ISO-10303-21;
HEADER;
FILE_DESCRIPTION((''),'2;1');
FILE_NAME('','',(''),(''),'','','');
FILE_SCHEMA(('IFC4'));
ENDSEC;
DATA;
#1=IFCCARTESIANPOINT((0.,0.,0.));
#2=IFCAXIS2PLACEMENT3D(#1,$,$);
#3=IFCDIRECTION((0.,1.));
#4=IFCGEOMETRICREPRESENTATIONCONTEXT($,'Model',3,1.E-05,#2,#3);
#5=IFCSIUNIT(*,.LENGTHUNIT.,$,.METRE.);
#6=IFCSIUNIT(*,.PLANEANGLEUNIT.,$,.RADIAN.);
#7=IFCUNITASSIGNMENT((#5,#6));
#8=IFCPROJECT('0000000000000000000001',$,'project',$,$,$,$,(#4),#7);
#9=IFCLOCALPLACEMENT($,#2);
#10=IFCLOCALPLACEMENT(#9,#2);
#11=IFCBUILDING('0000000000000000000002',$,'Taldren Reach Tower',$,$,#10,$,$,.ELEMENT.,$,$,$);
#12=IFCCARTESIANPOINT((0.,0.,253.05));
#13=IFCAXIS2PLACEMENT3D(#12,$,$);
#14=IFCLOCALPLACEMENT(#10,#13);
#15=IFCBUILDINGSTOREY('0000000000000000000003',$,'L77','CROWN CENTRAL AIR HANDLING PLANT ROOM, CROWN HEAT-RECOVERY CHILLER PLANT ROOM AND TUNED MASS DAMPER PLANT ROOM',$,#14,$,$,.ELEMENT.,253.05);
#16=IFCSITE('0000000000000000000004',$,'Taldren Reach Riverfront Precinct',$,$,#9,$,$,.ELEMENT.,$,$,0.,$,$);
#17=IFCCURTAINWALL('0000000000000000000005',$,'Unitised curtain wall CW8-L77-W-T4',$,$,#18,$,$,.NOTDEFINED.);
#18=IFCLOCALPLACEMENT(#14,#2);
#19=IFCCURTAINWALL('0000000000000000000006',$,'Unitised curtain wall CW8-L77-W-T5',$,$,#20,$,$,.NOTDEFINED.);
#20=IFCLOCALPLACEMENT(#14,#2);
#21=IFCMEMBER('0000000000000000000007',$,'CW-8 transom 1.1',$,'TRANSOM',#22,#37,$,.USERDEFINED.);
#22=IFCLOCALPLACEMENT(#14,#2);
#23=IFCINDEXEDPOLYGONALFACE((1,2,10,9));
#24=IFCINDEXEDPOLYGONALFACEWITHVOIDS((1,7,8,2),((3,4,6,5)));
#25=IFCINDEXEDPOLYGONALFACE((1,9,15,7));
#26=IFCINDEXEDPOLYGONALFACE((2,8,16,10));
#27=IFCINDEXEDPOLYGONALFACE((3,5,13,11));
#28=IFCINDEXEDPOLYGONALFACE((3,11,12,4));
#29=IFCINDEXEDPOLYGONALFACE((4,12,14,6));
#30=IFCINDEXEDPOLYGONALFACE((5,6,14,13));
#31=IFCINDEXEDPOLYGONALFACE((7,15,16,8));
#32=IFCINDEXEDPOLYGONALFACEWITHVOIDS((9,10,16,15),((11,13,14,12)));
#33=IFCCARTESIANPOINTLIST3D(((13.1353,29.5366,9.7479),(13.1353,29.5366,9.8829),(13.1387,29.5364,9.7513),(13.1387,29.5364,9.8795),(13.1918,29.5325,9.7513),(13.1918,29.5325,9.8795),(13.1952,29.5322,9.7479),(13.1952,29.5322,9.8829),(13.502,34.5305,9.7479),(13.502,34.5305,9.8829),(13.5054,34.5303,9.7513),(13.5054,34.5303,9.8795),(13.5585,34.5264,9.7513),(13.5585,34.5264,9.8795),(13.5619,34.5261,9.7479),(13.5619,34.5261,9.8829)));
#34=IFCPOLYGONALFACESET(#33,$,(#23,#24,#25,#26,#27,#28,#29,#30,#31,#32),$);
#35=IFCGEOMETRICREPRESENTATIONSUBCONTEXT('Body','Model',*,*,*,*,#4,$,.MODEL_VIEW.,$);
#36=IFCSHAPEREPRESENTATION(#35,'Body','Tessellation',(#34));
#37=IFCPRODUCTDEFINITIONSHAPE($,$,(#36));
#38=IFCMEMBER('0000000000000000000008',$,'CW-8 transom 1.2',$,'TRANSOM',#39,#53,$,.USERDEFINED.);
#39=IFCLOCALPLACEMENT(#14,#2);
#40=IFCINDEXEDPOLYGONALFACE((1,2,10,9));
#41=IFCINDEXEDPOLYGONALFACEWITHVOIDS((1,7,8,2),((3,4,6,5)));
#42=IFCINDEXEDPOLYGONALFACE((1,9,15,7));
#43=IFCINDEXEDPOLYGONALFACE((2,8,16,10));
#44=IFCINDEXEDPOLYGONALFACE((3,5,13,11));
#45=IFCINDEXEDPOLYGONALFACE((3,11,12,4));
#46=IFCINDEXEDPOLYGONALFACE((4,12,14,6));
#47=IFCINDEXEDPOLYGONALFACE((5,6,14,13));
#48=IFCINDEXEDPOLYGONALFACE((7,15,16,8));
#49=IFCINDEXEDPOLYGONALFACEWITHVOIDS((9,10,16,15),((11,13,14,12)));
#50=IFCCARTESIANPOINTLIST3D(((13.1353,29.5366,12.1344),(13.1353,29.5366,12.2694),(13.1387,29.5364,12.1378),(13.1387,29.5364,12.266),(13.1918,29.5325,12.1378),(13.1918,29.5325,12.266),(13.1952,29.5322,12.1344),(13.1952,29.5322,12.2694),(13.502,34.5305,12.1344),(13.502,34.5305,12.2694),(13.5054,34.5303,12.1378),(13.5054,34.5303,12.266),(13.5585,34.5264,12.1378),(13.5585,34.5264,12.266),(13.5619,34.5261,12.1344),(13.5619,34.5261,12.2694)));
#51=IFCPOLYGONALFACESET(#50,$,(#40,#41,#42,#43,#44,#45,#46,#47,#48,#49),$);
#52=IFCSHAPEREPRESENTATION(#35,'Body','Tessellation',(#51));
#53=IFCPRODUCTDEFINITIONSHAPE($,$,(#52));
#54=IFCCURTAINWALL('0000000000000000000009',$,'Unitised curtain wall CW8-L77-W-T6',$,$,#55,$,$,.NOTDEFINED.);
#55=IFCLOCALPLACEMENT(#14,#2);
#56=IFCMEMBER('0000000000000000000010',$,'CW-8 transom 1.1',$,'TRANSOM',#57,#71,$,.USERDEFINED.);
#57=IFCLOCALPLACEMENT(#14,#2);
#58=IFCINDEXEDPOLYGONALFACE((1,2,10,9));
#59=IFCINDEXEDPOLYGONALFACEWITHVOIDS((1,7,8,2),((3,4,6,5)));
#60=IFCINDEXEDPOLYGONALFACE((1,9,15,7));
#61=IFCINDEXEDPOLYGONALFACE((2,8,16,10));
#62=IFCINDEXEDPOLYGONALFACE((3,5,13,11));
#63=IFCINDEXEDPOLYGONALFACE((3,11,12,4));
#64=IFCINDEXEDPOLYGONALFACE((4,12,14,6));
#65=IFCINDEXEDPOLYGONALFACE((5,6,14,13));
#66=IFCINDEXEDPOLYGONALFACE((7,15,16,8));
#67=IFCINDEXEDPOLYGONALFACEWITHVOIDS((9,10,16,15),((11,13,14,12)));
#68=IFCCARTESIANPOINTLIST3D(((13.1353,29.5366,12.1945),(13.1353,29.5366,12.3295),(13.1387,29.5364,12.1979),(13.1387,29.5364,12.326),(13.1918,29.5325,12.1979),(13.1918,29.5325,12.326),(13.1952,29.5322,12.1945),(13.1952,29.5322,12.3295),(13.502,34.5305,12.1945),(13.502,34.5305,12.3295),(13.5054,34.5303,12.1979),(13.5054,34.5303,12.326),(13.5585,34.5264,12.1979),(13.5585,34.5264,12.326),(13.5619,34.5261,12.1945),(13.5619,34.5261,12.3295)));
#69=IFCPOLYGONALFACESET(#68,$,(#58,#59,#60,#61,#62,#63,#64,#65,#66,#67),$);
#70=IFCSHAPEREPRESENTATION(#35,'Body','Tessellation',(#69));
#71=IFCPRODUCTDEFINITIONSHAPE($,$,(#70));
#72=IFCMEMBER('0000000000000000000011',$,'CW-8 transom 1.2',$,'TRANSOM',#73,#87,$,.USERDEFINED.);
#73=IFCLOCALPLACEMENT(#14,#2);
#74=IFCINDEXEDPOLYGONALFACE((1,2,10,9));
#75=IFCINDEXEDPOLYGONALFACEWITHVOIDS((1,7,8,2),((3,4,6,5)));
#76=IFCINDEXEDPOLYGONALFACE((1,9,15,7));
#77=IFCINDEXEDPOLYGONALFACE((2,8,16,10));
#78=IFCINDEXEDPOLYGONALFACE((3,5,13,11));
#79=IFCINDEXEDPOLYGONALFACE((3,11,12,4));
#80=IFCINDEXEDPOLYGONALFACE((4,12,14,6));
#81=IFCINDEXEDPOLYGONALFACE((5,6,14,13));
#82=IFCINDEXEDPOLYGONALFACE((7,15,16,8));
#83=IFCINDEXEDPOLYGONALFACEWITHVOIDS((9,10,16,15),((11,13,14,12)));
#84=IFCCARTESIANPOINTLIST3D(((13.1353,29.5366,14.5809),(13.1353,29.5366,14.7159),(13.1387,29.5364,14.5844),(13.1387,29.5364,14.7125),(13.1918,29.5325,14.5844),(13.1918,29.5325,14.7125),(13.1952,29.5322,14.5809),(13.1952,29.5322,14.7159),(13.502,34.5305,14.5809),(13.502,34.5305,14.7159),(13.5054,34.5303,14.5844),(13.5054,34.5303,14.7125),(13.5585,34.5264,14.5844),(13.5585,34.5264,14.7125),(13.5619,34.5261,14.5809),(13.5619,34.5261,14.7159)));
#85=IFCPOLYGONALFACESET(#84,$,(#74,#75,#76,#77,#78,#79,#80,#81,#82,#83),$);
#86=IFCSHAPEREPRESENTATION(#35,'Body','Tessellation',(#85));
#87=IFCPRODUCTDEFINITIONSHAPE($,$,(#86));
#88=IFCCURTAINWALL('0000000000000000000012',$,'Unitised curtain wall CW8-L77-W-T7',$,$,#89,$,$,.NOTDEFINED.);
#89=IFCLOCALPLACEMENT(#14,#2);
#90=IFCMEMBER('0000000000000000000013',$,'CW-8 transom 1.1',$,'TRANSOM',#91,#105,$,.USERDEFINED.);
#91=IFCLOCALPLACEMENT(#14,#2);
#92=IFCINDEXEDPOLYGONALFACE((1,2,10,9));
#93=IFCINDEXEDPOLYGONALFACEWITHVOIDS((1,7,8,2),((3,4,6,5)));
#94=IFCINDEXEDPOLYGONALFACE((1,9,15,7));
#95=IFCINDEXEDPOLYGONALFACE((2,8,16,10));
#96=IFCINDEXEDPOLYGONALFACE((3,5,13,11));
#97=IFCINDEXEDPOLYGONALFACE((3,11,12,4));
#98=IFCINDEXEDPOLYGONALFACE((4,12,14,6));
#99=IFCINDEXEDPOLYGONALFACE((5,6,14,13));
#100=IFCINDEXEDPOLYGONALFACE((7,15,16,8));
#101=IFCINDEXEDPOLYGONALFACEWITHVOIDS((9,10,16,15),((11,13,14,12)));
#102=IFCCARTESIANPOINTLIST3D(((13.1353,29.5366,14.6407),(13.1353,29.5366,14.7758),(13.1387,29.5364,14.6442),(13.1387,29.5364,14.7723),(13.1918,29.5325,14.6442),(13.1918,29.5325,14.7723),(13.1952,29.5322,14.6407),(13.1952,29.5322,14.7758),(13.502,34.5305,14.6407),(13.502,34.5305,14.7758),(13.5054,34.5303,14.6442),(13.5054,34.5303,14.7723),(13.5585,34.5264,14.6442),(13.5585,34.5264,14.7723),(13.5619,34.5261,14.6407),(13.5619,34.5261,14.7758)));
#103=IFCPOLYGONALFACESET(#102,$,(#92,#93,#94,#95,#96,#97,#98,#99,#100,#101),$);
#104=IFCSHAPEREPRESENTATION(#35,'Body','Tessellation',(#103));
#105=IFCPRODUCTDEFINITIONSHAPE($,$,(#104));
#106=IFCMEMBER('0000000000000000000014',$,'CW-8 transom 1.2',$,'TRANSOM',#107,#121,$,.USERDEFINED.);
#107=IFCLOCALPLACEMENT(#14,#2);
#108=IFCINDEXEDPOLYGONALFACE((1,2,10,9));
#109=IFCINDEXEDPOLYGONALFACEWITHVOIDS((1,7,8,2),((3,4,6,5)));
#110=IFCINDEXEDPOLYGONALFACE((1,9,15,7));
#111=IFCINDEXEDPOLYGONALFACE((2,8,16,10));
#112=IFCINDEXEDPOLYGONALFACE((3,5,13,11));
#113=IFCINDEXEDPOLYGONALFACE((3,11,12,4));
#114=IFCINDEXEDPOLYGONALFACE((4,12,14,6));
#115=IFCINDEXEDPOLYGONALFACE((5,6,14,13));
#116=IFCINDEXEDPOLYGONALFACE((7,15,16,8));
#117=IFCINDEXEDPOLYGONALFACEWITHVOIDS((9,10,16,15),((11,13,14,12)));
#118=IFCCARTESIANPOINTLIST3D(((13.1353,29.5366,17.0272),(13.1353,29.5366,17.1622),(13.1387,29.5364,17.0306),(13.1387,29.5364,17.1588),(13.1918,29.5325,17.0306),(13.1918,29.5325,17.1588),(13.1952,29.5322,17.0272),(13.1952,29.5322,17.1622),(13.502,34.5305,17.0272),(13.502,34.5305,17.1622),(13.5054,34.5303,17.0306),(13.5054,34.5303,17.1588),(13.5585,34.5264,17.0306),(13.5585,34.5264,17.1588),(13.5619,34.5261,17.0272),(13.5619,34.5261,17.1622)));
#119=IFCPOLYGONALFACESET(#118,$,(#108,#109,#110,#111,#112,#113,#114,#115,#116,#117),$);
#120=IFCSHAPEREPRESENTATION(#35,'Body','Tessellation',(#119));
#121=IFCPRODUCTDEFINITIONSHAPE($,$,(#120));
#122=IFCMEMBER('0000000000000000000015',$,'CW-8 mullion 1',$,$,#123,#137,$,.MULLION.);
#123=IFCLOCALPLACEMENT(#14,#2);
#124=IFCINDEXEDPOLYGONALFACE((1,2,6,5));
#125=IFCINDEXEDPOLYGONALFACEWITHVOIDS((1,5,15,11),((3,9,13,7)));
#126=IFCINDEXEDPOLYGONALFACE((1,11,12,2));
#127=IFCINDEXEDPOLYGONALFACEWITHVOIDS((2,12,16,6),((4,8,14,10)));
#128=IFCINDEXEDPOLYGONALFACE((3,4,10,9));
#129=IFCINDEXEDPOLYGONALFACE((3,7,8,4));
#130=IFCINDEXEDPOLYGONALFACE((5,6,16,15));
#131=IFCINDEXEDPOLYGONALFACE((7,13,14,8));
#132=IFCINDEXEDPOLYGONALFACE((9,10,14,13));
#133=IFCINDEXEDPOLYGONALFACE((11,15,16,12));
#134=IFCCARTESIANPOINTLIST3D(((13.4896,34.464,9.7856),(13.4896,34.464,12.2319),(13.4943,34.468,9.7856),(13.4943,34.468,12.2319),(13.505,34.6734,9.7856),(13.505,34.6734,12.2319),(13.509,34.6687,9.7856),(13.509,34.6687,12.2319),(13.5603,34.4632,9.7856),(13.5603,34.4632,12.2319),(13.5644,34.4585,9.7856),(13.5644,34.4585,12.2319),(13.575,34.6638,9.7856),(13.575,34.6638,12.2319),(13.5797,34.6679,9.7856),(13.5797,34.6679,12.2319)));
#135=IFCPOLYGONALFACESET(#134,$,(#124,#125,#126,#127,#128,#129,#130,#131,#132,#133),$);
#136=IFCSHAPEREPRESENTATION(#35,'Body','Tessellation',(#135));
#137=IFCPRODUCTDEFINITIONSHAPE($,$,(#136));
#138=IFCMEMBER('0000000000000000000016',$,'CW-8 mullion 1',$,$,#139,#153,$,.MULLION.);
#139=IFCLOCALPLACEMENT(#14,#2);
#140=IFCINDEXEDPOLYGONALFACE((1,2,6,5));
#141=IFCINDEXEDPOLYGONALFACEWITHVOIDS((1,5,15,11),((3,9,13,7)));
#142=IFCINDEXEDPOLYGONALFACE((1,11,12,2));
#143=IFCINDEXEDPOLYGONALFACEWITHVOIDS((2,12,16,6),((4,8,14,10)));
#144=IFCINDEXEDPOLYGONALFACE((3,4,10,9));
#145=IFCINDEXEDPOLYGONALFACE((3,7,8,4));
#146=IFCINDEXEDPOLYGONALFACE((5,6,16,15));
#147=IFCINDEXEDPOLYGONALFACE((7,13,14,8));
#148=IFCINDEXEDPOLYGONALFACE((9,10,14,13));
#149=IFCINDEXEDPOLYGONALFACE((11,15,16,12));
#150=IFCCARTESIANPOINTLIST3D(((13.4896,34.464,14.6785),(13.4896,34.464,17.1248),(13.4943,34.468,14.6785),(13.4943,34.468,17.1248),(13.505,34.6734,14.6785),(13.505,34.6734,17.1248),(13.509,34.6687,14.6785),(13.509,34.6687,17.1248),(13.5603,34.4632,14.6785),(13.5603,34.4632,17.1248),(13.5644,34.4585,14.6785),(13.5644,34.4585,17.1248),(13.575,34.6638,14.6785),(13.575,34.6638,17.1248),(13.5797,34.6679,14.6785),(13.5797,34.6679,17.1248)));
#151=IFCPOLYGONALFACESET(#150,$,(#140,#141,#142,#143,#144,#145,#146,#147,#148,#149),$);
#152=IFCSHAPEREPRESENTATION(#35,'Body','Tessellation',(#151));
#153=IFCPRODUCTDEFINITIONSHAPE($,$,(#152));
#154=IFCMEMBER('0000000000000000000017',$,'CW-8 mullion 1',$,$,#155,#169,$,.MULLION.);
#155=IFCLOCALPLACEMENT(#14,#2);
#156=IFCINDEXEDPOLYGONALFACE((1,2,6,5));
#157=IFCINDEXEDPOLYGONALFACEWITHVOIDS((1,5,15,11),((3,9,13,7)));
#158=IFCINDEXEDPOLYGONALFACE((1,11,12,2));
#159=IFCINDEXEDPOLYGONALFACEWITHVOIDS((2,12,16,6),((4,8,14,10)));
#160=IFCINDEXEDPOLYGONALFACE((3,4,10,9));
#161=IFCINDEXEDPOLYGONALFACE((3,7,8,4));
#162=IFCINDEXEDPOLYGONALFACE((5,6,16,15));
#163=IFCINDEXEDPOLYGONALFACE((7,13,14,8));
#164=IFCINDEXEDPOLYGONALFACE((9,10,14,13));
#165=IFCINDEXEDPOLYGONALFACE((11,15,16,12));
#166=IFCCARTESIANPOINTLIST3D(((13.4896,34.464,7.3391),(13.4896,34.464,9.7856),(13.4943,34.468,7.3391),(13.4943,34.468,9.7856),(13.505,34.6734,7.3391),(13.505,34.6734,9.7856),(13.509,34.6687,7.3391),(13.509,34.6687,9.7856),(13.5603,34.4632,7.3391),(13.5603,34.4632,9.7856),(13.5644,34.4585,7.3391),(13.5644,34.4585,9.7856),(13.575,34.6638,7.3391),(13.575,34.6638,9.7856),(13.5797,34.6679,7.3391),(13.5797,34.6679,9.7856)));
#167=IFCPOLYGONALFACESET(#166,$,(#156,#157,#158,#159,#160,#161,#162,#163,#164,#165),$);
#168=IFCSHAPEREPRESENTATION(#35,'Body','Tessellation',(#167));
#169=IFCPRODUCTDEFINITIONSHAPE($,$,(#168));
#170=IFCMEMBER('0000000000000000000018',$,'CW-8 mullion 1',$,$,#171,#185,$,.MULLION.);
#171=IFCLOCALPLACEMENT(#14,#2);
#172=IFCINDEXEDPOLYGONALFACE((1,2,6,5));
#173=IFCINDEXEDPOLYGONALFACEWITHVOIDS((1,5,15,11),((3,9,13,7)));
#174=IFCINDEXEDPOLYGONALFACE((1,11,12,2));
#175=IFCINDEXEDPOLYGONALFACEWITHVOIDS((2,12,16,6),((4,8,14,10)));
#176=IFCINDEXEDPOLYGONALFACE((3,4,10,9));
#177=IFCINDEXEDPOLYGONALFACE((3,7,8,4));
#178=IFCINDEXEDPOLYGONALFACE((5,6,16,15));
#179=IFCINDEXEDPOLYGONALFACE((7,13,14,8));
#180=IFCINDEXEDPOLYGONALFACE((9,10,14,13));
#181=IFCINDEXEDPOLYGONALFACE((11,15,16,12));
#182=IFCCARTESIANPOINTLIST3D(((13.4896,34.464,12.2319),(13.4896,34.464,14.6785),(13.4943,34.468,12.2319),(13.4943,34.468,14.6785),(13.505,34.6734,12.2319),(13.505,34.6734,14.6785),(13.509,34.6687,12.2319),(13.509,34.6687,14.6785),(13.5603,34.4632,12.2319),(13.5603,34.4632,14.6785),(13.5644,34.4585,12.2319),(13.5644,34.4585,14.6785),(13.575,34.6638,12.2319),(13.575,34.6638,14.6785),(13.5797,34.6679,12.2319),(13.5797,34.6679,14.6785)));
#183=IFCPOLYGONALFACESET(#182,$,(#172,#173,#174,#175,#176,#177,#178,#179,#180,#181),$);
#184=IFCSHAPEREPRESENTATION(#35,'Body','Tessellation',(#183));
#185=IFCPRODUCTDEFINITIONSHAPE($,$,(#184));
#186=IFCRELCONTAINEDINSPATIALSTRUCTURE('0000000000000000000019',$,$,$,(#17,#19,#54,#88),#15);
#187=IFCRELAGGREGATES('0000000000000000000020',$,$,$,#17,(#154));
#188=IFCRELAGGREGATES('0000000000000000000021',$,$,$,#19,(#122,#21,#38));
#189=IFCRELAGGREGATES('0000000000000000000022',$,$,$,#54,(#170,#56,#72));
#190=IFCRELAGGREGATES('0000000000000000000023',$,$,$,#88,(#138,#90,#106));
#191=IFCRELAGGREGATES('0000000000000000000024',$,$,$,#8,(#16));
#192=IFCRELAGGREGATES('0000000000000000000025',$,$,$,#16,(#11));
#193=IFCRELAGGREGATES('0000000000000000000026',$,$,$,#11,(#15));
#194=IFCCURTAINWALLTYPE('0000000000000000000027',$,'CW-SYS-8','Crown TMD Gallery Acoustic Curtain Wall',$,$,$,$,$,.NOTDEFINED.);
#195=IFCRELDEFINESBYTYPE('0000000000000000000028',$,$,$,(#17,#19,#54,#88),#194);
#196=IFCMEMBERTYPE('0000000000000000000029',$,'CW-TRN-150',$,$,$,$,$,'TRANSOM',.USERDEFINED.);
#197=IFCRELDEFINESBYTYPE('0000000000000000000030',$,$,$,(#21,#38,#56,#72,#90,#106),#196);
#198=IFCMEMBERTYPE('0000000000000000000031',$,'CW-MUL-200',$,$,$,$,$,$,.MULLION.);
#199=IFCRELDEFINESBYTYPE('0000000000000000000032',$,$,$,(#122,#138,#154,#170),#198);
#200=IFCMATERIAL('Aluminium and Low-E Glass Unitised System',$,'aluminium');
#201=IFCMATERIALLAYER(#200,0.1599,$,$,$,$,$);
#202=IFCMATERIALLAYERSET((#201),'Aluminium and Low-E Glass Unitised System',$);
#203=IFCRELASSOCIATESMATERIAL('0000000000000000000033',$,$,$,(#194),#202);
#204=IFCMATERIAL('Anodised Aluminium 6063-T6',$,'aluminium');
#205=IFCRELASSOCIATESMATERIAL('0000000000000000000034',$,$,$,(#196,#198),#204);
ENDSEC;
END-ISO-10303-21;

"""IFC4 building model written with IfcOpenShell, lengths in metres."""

from ifc_helpers import new_model, si_unit, direction, frame, origin, origin_2d, place, context, subcontext, project, spatial, hollow_rectangle, extrude, source, transform, mapped, material, layer, layer_set, material_profile, profile_set, type_object, element, aggregate, save


model = new_model("IFC4")

# Units and contexts
model_context = context("Model", 3, precision=1e-05, world=origin(), true_north=direction((0.0, 1.0)))
body_context = subcontext(model_context, "Body", "Model", "MODEL_VIEW")
ifc_project = project(units=[si_unit("LENGTHUNIT", "METRE"), si_unit("PLANEANGLEUNIT", "RADIAN")], contexts=[model_context])

# Site, building, storey
site_placement = place(None, origin())
site = spatial("IfcSite", under=ifc_project, at=site_placement, Name="Taldren Reach Riverfront Precinct", CompositionType="ELEMENT", RefElevation=0.0)
building_placement = place(site_placement, origin())
building = spatial("IfcBuilding", under=site, at=building_placement, Name="Taldren Reach Tower", CompositionType="ELEMENT")
storey_placement = place(building_placement, frame((0.0, 0.0, 253.05)))
storey = spatial("IfcBuildingStorey", under=building, at=storey_placement, Name="L77", Description="CROWN CENTRAL AIR HANDLING PLANT ROOM, CROWN HEAT-RECOVERY CHILLER PLANT ROOM AND TUNED MASS DAMPER PLANT ROOM", CompositionType="ELEMENT", Elevation=253.05)

# Shared definitions
ifc_material_1 = material(Name="Aluminium and Low-E Glass Unitised System", Category="aluminium")
ifc_layer_1 = layer(ifc_material_1, 0.1599)
ifc_layer_set_1 = layer_set([ifc_layer_1], Name="Aluminium and Low-E Glass Unitised System")
curtain_wall_type = type_object("IfcCurtainWallType", Name="CW-SYS-8", Description="Crown TMD Gallery Acoustic Curtain Wall", PredefinedType="NOTDEFINED", material=ifc_layer_set_1)
ifc_material_2 = material(Name="Anodised Aluminium 6063-T6", Category="aluminium")
ifc_material_profile_1 = material_profile(ifc_material_2, hollow_rectangle(XDim=0.0601, YDim=0.135, WallThickness=0.0034, at=origin_2d()), Name="ALU-135x60x3.5RHS")
ifc_profile_set_1 = profile_set([ifc_material_profile_1], Name="Anodised Aluminium 6063-T6")
member_type_1 = type_object("IfcMemberType", Name="CW-TRN-150", ElementType="TRANSOM", PredefinedType="USERDEFINED", material=ifc_profile_set_1)
shared_shape_1 = source(origin(), body_context, "Body", "SweptSolid", [
    extrude(hollow_rectangle(XDim=0.0601, YDim=0.135, WallThickness=0.0034, at=origin_2d()), origin(), (0.0, 0.0, 1.0), 5.0073),
])

# Curtain walls, members
curtain_wall_1_placement = place(storey_placement, origin())
curtain_wall_1 = element("IfcCurtainWall", 1, at=curtain_wall_1_placement, inside=storey, type_object=curtain_wall_type, Name="Unitised curtain wall CW8-L77-W-T4", PredefinedType="NOTDEFINED")
curtain_wall_2_placement = place(storey_placement, origin())
curtain_wall_2 = element("IfcCurtainWall", 2, at=curtain_wall_2_placement, inside=storey, type_object=curtain_wall_type, Name="Unitised curtain wall CW8-L77-W-T5", PredefinedType="NOTDEFINED")
member_1_placement = place(storey_placement, frame((13.532, 34.5283, 9.8154), z_axis=(-0.073232, -0.997315, 0.0), x_axis=(0.997315, -0.073232, 0.0)))
member_1 = element("IfcMember", 3, at=member_1_placement, type_object=member_type_1, Name="CW-8 transom 1.1", ObjectType="TRANSOM", PredefinedType="USERDEFINED", context=body_context, shape_type="MappedRepresentation", body=[
    mapped(shared_shape_1, transform((0.0, 0.0, 0.0), scale=1.0)),
])
member_2_placement = place(storey_placement, frame((13.532, 34.5283, 12.2019), z_axis=(-0.073232, -0.997315, 0.0), x_axis=(0.997315, -0.073232, 0.0)))
member_2 = element("IfcMember", 4, at=member_2_placement, type_object=member_type_1, Name="CW-8 transom 1.2", ObjectType="TRANSOM", PredefinedType="USERDEFINED", context=body_context, shape_type="MappedRepresentation", body=[
    mapped(shared_shape_1, transform((0.0, 0.0, 0.0), scale=1.0)),
])
curtain_wall_3_placement = place(storey_placement, origin())
curtain_wall_3 = element("IfcCurtainWall", 5, at=curtain_wall_3_placement, inside=storey, type_object=curtain_wall_type, Name="Unitised curtain wall CW8-L77-W-T6", PredefinedType="NOTDEFINED")
member_3_placement = place(storey_placement, frame((13.532, 34.5283, 12.262), z_axis=(-0.073232, -0.997315, 0.0), x_axis=(0.997315, -0.073232, 0.0)))
member_3 = element("IfcMember", 6, at=member_3_placement, type_object=member_type_1, Name="CW-8 transom 1.1", ObjectType="TRANSOM", PredefinedType="USERDEFINED", context=body_context, shape_type="MappedRepresentation", body=[
    mapped(shared_shape_1, transform((0.0, 0.0, 0.0), scale=1.0)),
])
member_4_placement = place(storey_placement, frame((13.532, 34.5283, 14.6484), z_axis=(-0.073232, -0.997315, 0.0), x_axis=(0.997315, -0.073232, 0.0)))
member_4 = element("IfcMember", 7, at=member_4_placement, type_object=member_type_1, Name="CW-8 transom 1.2", ObjectType="TRANSOM", PredefinedType="USERDEFINED", context=body_context, shape_type="MappedRepresentation", body=[
    mapped(shared_shape_1, transform((0.0, 0.0, 0.0), scale=1.0)),
])
curtain_wall_4_placement = place(storey_placement, origin())
curtain_wall_4 = element("IfcCurtainWall", 8, at=curtain_wall_4_placement, inside=storey, type_object=curtain_wall_type, Name="Unitised curtain wall CW8-L77-W-T7", PredefinedType="NOTDEFINED")
member_5_placement = place(storey_placement, frame((13.532, 34.5283, 14.7083), z_axis=(-0.073232, -0.997315, 0.0), x_axis=(0.997315, -0.073232, 0.0)))
member_5 = element("IfcMember", 9, at=member_5_placement, type_object=member_type_1, Name="CW-8 transom 1.1", ObjectType="TRANSOM", PredefinedType="USERDEFINED", context=body_context, shape_type="MappedRepresentation", body=[
    mapped(shared_shape_1, transform((0.0, 0.0, 0.0), scale=1.0)),
])
member_6_placement = place(storey_placement, frame((13.532, 34.5283, 17.0947), z_axis=(-0.073232, -0.997315, 0.0), x_axis=(0.997315, -0.073232, 0.0)))
member_6 = element("IfcMember", 10, at=member_6_placement, type_object=member_type_1, Name="CW-8 transom 1.2", ObjectType="TRANSOM", PredefinedType="USERDEFINED", context=body_context, shape_type="MappedRepresentation", body=[
    mapped(shared_shape_1, transform((0.0, 0.0, 0.0), scale=1.0)),
])

# Members
ifc_material_profile_2 = material_profile(ifc_material_2, hollow_rectangle(XDim=0.075, YDim=0.21, WallThickness=0.0044, at=origin_2d()), Name="ALU-210x75x4.5RHS")
ifc_profile_set_2 = profile_set([ifc_material_profile_2], Name="Anodised Aluminium 6063-T6")
member_type_2 = type_object("IfcMemberType", Name="CW-MUL-200", PredefinedType="MULLION", material=ifc_profile_set_2)
shared_shape_2 = source(origin(), body_context, "Body", "SweptSolid", [
    extrude(hollow_rectangle(XDim=0.075, YDim=0.21, WallThickness=0.0044, at=origin_2d()), origin(), (0.0, 0.0, 1.0), 2.4463),
])
member_7_placement = place(storey_placement, frame((13.5347, 34.5659, 9.7856), z_axis=(0.0, 0.0, 1.0), x_axis=(0.997314, -0.073238, 0.0)))
member_7 = element("IfcMember", 11, at=member_7_placement, type_object=member_type_2, Name="CW-8 mullion 1", PredefinedType="MULLION", context=body_context, shape_type="MappedRepresentation", body=[
    mapped(shared_shape_2, transform((0.0, 0.0, 0.0), scale=1.0)),
])
member_8_placement = place(storey_placement, frame((13.5347, 34.5659, 14.6785), z_axis=(0.0, 0.0, 1.0), x_axis=(0.997314, -0.073238, 0.0)))
member_8 = element("IfcMember", 12, at=member_8_placement, type_object=member_type_2, Name="CW-8 mullion 1", PredefinedType="MULLION", context=body_context, shape_type="MappedRepresentation", body=[
    mapped(shared_shape_2, transform((0.0, 0.0, 0.0), scale=1.0)),
])
shared_shape_3 = source(origin(), body_context, "Body", "SweptSolid", [
    extrude(hollow_rectangle(XDim=0.075, YDim=0.21, WallThickness=0.0044, at=origin_2d()), origin(), (0.0, 0.0, 1.0), 2.4465),
])
member_9_placement = place(storey_placement, frame((13.5347, 34.5659, 7.3391), z_axis=(0.0, 0.0, 1.0), x_axis=(0.997314, -0.073238, 0.0)))
member_9 = element("IfcMember", 13, at=member_9_placement, type_object=member_type_2, Name="CW-8 mullion 1", PredefinedType="MULLION", context=body_context, shape_type="MappedRepresentation", body=[
    mapped(shared_shape_3, transform((0.0, 0.0, 0.0), scale=1.0)),
])
member_10_placement = place(storey_placement, frame((13.5347, 34.5659, 12.2319), z_axis=(0.0, 0.0, 1.0), x_axis=(0.997314, -0.073238, 0.0)))
member_10 = element("IfcMember", 14, at=member_10_placement, type_object=member_type_2, Name="CW-8 mullion 1", PredefinedType="MULLION", context=body_context, shape_type="MappedRepresentation", body=[
    mapped(shared_shape_3, transform((0.0, 0.0, 0.0), scale=1.0)),
])

aggregate(curtain_wall_1, [member_9])
aggregate(curtain_wall_2, [member_7, member_1, member_2])
aggregate(curtain_wall_3, [member_10, member_3, member_4])
aggregate(curtain_wall_4, [member_8, member_5, member_6])

save(model, "model.ifc")
